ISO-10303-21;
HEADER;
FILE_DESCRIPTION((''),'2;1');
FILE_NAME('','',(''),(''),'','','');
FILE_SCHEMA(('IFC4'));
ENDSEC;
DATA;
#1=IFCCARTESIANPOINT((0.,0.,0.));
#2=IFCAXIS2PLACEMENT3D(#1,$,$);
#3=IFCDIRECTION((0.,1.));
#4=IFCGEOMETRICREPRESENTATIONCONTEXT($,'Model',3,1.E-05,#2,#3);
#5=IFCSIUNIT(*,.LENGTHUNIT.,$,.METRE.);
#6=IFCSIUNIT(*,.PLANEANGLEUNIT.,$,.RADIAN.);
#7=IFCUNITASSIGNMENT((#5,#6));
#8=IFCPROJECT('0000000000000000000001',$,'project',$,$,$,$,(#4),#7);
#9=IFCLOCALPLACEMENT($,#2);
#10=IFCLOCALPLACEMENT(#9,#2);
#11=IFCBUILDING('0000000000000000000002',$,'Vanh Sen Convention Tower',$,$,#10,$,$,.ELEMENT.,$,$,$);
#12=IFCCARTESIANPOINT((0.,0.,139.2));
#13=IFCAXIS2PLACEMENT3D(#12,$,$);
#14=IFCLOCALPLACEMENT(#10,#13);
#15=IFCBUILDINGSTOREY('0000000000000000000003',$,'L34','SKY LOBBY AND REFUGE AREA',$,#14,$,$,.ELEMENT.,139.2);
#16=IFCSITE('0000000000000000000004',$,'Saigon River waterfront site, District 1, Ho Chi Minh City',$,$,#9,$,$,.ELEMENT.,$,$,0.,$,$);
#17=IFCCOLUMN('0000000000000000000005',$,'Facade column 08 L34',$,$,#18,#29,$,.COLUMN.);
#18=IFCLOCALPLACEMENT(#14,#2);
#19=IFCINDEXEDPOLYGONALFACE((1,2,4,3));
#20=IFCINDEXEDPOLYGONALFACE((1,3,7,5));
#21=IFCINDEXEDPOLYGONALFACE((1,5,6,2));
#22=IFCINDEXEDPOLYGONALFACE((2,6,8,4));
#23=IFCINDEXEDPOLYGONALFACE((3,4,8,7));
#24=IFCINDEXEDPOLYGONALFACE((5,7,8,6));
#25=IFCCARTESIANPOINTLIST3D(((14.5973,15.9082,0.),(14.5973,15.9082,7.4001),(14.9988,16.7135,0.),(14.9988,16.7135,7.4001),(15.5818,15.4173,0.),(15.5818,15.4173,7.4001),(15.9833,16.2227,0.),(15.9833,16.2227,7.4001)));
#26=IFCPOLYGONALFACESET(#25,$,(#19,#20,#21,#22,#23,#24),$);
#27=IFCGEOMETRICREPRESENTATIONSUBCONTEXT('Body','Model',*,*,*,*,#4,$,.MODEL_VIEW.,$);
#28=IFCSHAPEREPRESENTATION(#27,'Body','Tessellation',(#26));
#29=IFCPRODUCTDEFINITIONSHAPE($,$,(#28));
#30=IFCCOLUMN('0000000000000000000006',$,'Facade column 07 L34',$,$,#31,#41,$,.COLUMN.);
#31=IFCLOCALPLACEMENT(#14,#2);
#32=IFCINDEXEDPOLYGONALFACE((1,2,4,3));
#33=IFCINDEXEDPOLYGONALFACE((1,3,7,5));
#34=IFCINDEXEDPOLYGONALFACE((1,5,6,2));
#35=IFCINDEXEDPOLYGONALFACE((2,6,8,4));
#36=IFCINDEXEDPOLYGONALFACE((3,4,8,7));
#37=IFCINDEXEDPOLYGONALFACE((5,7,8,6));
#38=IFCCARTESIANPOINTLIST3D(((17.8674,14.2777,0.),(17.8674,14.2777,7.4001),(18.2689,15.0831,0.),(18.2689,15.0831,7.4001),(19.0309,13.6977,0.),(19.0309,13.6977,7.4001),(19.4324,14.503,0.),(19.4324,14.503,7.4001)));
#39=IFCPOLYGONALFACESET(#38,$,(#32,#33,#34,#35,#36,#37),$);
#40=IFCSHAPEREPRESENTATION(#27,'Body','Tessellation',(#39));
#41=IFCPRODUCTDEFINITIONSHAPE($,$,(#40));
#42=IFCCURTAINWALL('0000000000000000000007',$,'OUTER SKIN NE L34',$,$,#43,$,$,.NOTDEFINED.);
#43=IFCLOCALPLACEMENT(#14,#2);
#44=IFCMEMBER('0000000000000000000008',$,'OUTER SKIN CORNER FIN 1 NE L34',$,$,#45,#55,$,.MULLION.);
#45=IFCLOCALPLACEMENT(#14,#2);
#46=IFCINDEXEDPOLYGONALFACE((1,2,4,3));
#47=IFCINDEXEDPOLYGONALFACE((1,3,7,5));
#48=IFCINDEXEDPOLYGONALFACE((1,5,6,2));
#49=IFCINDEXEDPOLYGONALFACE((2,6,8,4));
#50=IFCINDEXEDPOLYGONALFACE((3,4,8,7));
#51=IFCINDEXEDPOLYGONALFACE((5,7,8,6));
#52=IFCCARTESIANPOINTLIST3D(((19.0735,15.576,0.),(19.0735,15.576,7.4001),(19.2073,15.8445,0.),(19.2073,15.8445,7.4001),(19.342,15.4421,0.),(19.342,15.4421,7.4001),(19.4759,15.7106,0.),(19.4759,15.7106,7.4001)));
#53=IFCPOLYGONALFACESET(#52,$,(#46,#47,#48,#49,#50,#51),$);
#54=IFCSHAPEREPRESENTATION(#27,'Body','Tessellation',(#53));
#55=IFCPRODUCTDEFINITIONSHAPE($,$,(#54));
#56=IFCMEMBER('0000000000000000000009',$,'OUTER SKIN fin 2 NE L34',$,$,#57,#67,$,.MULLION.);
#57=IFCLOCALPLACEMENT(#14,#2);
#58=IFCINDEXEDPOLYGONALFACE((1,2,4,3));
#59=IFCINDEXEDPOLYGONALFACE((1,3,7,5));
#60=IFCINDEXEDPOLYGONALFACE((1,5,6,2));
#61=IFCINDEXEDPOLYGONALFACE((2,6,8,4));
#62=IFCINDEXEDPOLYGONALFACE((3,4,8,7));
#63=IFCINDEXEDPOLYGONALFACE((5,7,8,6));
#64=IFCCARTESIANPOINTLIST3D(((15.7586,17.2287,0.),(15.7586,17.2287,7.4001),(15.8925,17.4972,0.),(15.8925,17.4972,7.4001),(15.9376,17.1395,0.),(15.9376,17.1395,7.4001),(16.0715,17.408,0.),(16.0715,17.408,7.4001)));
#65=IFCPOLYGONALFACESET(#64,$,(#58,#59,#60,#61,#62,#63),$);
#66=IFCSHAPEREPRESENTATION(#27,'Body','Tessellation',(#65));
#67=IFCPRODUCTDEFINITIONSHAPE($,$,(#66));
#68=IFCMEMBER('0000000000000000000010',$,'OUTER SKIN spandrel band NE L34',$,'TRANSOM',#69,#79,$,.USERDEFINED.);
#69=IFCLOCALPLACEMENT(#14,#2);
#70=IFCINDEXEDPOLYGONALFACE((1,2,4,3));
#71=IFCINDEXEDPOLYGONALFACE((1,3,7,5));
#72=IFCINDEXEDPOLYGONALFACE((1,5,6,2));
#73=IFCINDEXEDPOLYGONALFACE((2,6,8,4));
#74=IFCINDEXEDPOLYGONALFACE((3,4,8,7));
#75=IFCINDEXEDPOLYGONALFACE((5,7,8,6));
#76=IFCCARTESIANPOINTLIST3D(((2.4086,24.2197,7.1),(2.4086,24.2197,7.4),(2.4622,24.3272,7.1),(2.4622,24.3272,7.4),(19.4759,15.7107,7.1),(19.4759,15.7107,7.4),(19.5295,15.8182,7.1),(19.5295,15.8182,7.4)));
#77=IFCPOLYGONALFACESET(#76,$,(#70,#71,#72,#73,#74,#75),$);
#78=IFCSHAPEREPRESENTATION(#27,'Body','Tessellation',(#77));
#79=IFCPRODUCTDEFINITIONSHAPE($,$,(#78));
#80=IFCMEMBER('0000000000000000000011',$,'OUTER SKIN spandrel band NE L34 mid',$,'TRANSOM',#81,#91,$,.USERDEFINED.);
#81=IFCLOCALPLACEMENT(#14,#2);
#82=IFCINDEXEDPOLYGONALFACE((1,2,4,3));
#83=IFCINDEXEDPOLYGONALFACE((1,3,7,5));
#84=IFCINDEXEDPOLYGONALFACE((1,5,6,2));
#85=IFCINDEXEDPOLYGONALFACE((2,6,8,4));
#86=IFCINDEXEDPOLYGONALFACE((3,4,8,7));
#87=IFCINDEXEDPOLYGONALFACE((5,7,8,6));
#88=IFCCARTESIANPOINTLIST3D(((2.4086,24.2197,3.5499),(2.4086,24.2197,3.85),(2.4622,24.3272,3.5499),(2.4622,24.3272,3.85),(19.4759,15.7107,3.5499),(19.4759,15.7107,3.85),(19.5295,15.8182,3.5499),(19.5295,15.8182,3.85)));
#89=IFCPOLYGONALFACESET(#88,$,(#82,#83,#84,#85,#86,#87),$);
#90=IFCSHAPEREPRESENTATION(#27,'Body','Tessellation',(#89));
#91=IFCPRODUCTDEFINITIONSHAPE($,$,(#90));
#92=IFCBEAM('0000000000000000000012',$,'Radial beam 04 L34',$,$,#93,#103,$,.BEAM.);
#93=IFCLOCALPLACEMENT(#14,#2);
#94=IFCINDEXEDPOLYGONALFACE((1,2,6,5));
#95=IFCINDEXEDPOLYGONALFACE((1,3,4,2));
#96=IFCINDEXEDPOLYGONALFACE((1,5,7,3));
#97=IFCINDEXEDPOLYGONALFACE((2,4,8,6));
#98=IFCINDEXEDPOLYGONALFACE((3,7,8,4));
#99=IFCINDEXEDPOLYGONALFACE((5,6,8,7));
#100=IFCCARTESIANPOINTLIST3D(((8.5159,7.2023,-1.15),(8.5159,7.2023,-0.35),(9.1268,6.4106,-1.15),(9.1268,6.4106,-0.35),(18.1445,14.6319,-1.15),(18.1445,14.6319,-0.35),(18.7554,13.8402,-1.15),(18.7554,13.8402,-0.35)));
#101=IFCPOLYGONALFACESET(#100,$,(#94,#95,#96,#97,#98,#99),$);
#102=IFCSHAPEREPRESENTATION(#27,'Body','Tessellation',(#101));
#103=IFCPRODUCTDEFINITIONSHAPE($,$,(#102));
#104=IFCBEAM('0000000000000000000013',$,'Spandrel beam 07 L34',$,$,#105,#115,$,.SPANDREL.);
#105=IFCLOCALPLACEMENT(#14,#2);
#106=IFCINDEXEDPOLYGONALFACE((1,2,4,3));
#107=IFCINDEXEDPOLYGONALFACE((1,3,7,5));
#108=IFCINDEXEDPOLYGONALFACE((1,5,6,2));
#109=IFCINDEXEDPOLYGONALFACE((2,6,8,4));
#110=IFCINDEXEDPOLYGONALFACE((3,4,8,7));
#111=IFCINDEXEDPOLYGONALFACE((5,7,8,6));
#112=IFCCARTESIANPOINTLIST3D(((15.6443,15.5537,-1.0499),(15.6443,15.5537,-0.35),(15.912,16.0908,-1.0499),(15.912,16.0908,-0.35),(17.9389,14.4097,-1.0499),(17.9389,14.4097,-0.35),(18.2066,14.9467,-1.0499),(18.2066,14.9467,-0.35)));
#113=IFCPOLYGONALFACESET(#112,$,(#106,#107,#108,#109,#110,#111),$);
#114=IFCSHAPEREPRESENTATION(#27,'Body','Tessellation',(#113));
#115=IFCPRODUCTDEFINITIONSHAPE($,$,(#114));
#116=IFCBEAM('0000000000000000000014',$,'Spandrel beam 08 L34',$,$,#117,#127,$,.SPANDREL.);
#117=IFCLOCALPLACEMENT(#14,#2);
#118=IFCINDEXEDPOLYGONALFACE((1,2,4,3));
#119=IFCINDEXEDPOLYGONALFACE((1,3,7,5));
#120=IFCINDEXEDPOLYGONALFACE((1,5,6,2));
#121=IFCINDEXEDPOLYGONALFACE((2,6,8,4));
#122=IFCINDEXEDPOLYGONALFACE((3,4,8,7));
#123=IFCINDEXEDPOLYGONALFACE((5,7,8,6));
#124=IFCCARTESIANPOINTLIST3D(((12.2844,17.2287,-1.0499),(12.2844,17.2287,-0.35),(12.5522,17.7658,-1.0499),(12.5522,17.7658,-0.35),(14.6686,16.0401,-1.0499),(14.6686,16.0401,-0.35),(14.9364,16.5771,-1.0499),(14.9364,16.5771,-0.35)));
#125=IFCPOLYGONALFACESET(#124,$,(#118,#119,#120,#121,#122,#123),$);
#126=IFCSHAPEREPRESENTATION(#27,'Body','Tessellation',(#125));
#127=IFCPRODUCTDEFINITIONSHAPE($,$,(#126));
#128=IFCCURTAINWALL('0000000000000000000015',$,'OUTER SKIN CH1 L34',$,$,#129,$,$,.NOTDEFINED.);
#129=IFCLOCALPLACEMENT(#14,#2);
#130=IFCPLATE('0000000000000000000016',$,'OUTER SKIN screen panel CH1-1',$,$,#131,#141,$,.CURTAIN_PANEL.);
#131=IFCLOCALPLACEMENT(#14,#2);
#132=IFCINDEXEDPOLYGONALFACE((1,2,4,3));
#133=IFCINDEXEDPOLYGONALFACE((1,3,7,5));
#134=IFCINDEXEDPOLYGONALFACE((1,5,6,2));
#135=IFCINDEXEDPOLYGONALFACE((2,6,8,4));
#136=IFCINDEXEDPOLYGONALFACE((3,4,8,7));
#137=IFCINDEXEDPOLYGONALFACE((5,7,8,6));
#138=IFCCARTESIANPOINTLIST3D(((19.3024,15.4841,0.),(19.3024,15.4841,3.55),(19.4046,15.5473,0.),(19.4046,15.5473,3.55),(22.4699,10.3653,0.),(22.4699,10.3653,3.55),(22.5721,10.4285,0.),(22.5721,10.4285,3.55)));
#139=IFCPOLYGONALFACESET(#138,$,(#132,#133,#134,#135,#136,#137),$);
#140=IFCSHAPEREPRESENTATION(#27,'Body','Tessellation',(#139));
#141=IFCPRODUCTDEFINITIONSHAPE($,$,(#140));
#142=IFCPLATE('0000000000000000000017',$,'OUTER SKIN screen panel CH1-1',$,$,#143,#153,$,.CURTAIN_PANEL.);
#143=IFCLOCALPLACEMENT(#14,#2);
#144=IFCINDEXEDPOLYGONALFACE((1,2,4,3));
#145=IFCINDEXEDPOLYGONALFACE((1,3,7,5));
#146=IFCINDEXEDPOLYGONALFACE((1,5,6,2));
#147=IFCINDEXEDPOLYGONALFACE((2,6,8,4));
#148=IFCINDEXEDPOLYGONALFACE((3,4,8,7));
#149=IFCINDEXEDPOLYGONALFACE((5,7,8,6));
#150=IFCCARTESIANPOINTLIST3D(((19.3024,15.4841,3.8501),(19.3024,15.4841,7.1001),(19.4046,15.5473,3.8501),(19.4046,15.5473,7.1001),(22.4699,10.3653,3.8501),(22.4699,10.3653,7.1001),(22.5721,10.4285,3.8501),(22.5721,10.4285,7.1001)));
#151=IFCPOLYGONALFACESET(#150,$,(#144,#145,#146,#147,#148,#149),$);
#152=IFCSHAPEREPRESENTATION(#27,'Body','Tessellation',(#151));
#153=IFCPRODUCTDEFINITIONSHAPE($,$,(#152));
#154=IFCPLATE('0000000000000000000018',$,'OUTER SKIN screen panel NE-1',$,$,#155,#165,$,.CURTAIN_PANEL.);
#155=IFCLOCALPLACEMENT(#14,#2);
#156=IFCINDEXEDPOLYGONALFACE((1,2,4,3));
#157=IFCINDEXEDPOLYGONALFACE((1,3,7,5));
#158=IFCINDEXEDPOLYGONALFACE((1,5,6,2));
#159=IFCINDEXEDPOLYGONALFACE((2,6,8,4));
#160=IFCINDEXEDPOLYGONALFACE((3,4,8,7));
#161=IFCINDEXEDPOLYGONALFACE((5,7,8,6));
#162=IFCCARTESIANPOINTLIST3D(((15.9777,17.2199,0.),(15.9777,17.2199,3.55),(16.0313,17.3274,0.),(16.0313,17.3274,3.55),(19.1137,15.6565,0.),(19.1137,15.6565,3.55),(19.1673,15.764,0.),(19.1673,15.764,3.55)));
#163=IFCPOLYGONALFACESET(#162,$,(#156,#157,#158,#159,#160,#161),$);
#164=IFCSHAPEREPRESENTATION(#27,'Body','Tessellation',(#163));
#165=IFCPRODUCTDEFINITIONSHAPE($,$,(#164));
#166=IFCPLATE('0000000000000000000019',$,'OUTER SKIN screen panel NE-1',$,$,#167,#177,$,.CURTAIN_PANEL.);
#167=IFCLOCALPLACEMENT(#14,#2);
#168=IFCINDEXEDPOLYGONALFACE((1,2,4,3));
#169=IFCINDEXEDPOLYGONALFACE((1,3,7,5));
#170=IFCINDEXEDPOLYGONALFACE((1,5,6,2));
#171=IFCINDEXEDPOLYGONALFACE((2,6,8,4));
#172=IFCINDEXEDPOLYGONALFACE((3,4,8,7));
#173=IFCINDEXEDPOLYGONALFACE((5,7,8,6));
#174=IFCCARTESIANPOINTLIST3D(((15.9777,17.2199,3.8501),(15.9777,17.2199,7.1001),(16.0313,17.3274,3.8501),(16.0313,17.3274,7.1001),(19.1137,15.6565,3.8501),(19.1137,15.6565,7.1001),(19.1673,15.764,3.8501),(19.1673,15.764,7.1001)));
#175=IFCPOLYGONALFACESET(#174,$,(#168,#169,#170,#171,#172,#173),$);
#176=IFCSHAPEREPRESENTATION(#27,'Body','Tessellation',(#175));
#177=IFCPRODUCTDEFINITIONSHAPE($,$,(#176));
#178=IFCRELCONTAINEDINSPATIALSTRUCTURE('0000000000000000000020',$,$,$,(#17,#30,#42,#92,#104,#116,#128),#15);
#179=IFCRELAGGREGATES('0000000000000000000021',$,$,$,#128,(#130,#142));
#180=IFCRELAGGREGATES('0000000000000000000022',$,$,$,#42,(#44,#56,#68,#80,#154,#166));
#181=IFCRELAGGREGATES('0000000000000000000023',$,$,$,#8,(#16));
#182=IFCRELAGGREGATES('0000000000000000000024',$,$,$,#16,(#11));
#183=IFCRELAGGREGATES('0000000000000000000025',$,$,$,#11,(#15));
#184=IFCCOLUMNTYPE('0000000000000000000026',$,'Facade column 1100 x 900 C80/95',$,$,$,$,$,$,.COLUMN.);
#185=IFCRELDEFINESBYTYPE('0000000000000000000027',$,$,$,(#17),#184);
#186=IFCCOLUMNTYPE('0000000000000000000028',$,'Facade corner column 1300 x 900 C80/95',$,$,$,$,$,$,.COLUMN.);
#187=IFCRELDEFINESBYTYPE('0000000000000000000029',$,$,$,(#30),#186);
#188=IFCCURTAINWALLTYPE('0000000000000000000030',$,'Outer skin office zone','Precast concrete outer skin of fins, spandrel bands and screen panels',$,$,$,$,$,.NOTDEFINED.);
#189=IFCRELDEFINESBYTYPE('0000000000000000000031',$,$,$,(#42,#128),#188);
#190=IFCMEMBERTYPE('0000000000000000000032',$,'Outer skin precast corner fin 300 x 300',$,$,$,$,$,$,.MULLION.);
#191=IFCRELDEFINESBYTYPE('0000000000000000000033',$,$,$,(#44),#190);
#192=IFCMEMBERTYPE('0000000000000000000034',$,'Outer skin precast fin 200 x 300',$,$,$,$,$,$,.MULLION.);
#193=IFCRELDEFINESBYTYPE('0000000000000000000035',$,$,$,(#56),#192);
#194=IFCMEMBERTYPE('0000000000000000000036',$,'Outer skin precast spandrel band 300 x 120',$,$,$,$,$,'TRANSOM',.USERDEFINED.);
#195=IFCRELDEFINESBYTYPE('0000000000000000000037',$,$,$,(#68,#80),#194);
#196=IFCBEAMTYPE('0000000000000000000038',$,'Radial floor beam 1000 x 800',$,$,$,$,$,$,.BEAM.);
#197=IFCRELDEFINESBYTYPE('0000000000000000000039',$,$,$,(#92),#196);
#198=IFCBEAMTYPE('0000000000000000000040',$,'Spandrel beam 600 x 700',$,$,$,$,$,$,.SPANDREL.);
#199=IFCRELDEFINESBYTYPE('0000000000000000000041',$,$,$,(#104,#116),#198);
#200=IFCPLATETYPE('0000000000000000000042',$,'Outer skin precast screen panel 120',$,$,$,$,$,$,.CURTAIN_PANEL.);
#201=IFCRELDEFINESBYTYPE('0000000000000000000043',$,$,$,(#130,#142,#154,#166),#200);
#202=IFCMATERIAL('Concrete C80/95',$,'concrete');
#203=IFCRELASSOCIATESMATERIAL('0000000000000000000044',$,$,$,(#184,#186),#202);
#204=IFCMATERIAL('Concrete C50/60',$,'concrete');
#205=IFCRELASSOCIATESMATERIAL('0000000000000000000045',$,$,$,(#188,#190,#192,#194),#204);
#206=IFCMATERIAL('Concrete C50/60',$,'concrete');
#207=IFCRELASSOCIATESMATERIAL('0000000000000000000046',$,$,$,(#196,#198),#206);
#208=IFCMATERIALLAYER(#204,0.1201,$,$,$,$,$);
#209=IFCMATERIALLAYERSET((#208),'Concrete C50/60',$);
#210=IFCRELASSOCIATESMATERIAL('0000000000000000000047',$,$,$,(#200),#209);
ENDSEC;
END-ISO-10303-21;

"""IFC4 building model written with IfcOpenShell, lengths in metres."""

from ifc_helpers import new_model, si_unit, direction, frame, origin, origin_2d, place, context, subcontext, project, spatial, rectangle, extrude, material, layer, layer_set, material_profile, profile_set, type_object, element, aggregate, save


model = new_model("IFC4")

# Units and contexts
model_context = context("Model", 3, precision=1e-05, world=origin(), true_north=direction((0.0, 1.0)))
body_context = subcontext(model_context, "Body", "Model", "MODEL_VIEW")
ifc_project = project(units=[si_unit("LENGTHUNIT", "METRE"), si_unit("PLANEANGLEUNIT", "RADIAN")], contexts=[model_context])

# Site, building, storey
site_placement = place(None, origin())
site = spatial("IfcSite", under=ifc_project, at=site_placement, Name="Saigon River waterfront site, District 1, Ho Chi Minh City", CompositionType="ELEMENT", RefElevation=0.0)
building_placement = place(site_placement, origin())
building = spatial("IfcBuilding", under=site, at=building_placement, Name="Vanh Sen Convention Tower", CompositionType="ELEMENT")
storey_placement = place(building_placement, frame((0.0, 0.0, 139.2)))
storey = spatial("IfcBuildingStorey", under=building, at=storey_placement, Name="L34", Description="SKY LOBBY AND REFUGE AREA", CompositionType="ELEMENT", Elevation=139.2)

# Columns
ifc_material_1 = material(Name="Concrete C80/95", Category="concrete")
ifc_material_profile_1 = material_profile(ifc_material_1, rectangle(XDim=1.1001, YDim=0.8999, at=origin_2d()), Name="RC 1100X900")
ifc_profile_set_1 = profile_set([ifc_material_profile_1], Name="Concrete C80/95")
column_type_1 = type_object("IfcColumnType", Name="Facade column 1100 x 900 C80/95", PredefinedType="COLUMN", material=ifc_profile_set_1)
column_1_placement = place(storey_placement, frame((15.2903, 16.0654, 0.0), z_axis=(0.0, 0.0, 1.0), x_axis=(-0.894934, 0.446198, 0.0)))
element("IfcColumn", 1, at=column_1_placement, inside=storey, type_object=column_type_1, Name="Facade column 08 L34", PredefinedType="COLUMN", context=body_context, shape_type="SweptSolid", body=[
    extrude(rectangle(XDim=1.1001, YDim=0.8999, at=origin_2d()), origin(), (0.0, 0.0, 1.0), 7.4001),
])
ifc_material_profile_2 = material_profile(ifc_material_1, rectangle(XDim=1.3, YDim=0.8999, at=origin_2d()), Name="RC 1300X900")
ifc_profile_set_2 = profile_set([ifc_material_profile_2], Name="Concrete C80/95")
column_type_2 = type_object("IfcColumnType", Name="Facade corner column 1300 x 900 C80/95", PredefinedType="COLUMN", material=ifc_profile_set_2)
column_2_placement = place(storey_placement, frame((18.6499, 14.3904, 0.0), z_axis=(0.0, 0.0, 1.0), x_axis=(-0.894934, 0.446198, 0.0)))
element("IfcColumn", 2, at=column_2_placement, inside=storey, type_object=column_type_2, Name="Facade column 07 L34", PredefinedType="COLUMN", context=body_context, shape_type="SweptSolid", body=[
    extrude(rectangle(XDim=1.3, YDim=0.8999, at=origin_2d()), origin(), (0.0, 0.0, 1.0), 7.4001),
])

# Curtain wall, members
ifc_material_2 = material(Name="Concrete C50/60", Category="concrete")
curtain_wall_type = type_object("IfcCurtainWallType", Name="Outer skin office zone", Description="Precast concrete outer skin of fins, spandrel bands and screen panels", PredefinedType="NOTDEFINED", material=ifc_material_2)
curtain_wall_1_placement = place(storey_placement, origin())
curtain_wall_1 = element("IfcCurtainWall", 3, at=curtain_wall_1_placement, inside=storey, type_object=curtain_wall_type, Name="OUTER SKIN NE L34", PredefinedType="NOTDEFINED")
ifc_material_profile_3 = material_profile(ifc_material_2, rectangle(XDim=0.3, YDim=0.3, at=origin_2d()), Name="Outer skin precast corner fin 300 x 300")
ifc_profile_set_3 = profile_set([ifc_material_profile_3], Name="Concrete C50/60")
member_type_1 = type_object("IfcMemberType", Name="Outer skin precast corner fin 300 x 300", PredefinedType="MULLION", material=ifc_profile_set_3)
member_1_placement = place(storey_placement, frame((19.2747, 15.6433, 0.0), z_axis=(0.0, 0.0, 1.0), x_axis=(-0.894934, 0.446198, 0.0)))
member_1 = element("IfcMember", 4, at=member_1_placement, type_object=member_type_1, Name="OUTER SKIN CORNER FIN 1 NE L34", PredefinedType="MULLION", context=body_context, shape_type="SweptSolid", body=[
    extrude(rectangle(XDim=0.3, YDim=0.3, at=origin_2d()), origin(), (0.0, 0.0, 1.0), 7.4001),
])
ifc_material_profile_4 = material_profile(ifc_material_2, rectangle(XDim=0.2, YDim=0.3, at=origin_2d()), Name="Outer skin precast fin 200 x 300")
ifc_profile_set_4 = profile_set([ifc_material_profile_4], Name="Concrete C50/60")
member_type_2 = type_object("IfcMemberType", Name="Outer skin precast fin 200 x 300", PredefinedType="MULLION", material=ifc_profile_set_4)
member_2_placement = place(storey_placement, frame((15.915, 17.3184, 0.0), z_axis=(0.0, 0.0, 1.0), x_axis=(-0.894934, 0.446198, 0.0)))
member_2 = element("IfcMember", 5, at=member_2_placement, type_object=member_type_2, Name="OUTER SKIN fin 2 NE L34", PredefinedType="MULLION", context=body_context, shape_type="SweptSolid", body=[
    extrude(rectangle(XDim=0.2, YDim=0.3, at=origin_2d()), origin(), (0.0, 0.0, 1.0), 7.4001),
])
ifc_material_profile_5 = material_profile(ifc_material_2, rectangle(XDim=0.1201, YDim=0.3, at=origin_2d()), Name="Outer skin precast spandrel band 300 x 120")
ifc_profile_set_5 = profile_set([ifc_material_profile_5], Name="Concrete C50/60")
member_type_3 = type_object("IfcMemberType", Name="Outer skin precast spandrel band 300 x 120", ElementType="TRANSOM", PredefinedType="USERDEFINED", material=ifc_profile_set_5)
member_3_placement = place(storey_placement, frame((19.5027, 15.7644, 7.25), z_axis=(-0.894941, 0.446184, 0.0), x_axis=(-0.446184, -0.894941, 0.0)))
member_3 = element("IfcMember", 6, at=member_3_placement, type_object=member_type_3, Name="OUTER SKIN spandrel band NE L34", ObjectType="TRANSOM", PredefinedType="USERDEFINED", context=body_context, shape_type="SweptSolid", body=[
    extrude(rectangle(XDim=0.1201, YDim=0.3, at=origin_2d()), origin(), (0.0, 0.0, 1.0), 19.0708),
])
member_4_placement = place(storey_placement, frame((19.5027, 15.7644, 3.7), z_axis=(-0.894941, 0.446184, 0.0), x_axis=(-0.446184, -0.894941, 0.0)))
member_4 = element("IfcMember", 7, at=member_4_placement, type_object=member_type_3, Name="OUTER SKIN spandrel band NE L34 mid", ObjectType="TRANSOM", PredefinedType="USERDEFINED", context=body_context, shape_type="SweptSolid", body=[
    extrude(rectangle(XDim=0.1201, YDim=0.3, at=origin_2d()), origin(), (0.0, 0.0, 1.0), 19.0708),
])

# Beams
ifc_material_3 = material(Name="Concrete C50/60", Category="concrete")
ifc_material_profile_6 = material_profile(ifc_material_3, rectangle(XDim=1.0, YDim=0.8, at=origin_2d()), Name="RC 1000X800")
ifc_profile_set_6 = profile_set([ifc_material_profile_6], Name="Concrete C50/60")
beam_type_1 = type_object("IfcBeamType", Name="Radial floor beam 1000 x 800", PredefinedType="BEAM", material=ifc_profile_set_6)
beam_1_placement = place(storey_placement, frame((18.45, 14.2361, -0.75), z_axis=(-0.791708, -0.610899, 0.0), x_axis=(0.610899, -0.791708, 0.0)))
element("IfcBeam", 8, at=beam_1_placement, inside=storey, type_object=beam_type_1, Name="Radial beam 04 L34", PredefinedType="BEAM", context=body_context, shape_type="SweptSolid", body=[
    extrude(rectangle(XDim=1.0, YDim=0.8, at=origin_2d()), origin(), (0.0, 0.0, 1.0), 12.1619),
])
ifc_material_profile_7 = material_profile(ifc_material_3, rectangle(XDim=0.6001, YDim=0.7, at=origin_2d()), Name="RC 600X700")
ifc_profile_set_7 = profile_set([ifc_material_profile_7], Name="Concrete C50/60")
beam_type_2 = type_object("IfcBeamType", Name="Spandrel beam 600 x 700", PredefinedType="SPANDREL", material=ifc_profile_set_7)
beam_2_placement = place(storey_placement, frame((18.0728, 14.6782, -0.7), z_axis=(-0.894941, 0.446185, 0.0), x_axis=(-0.446185, -0.894941, 0.0)))
element("IfcBeam", 9, at=beam_2_placement, inside=storey, type_object=beam_type_2, Name="Spandrel beam 07 L34", PredefinedType="SPANDREL", context=body_context, shape_type="SweptSolid", body=[
    extrude(rectangle(XDim=0.6001, YDim=0.7, at=origin_2d()), origin(), (0.0, 0.0, 1.0), 2.564),
])
beam_3_placement = place(storey_placement, frame((14.8025, 16.3086, -0.7), z_axis=(-0.89494, 0.446187, 0.0), x_axis=(-0.446187, -0.89494, 0.0)))
element("IfcBeam", 10, at=beam_3_placement, inside=storey, type_object=beam_type_2, Name="Spandrel beam 08 L34", PredefinedType="SPANDREL", context=body_context, shape_type="SweptSolid", body=[
    extrude(rectangle(XDim=0.6001, YDim=0.7, at=origin_2d()), origin(), (0.0, 0.0, 1.0), 2.6641),
])

# Curtain wall, plates
curtain_wall_2_placement = place(storey_placement, origin())
curtain_wall_2 = element("IfcCurtainWall", 11, at=curtain_wall_2_placement, inside=storey, type_object=curtain_wall_type, Name="OUTER SKIN CH1 L34", PredefinedType="NOTDEFINED")
ifc_layer_1 = layer(ifc_material_2, 0.1201)
ifc_layer_set_1 = layer_set([ifc_layer_1], Name="Concrete C50/60")
plate_type = type_object("IfcPlateType", Name="Outer skin precast screen panel 120", PredefinedType="CURTAIN_PANEL", material=ifc_layer_set_1)
plate_1_placement = place(storey_placement, frame((20.9373, 12.9563, 0.0), z_axis=(0.0, 0.0, 1.0), x_axis=(-0.526204, 0.850359, 0.0)))
plate_1 = element("IfcPlate", 12, at=plate_1_placement, type_object=plate_type, Name="OUTER SKIN screen panel CH1-1", PredefinedType="CURTAIN_PANEL", context=body_context, shape_type="SweptSolid", body=[
    extrude(rectangle(XDim=6.0195, YDim=0.1201, at=origin_2d()), origin(), (0.0, 0.0, 1.0), 3.55),
])
plate_2_placement = place(storey_placement, frame((20.9373, 12.9563, 3.8501), z_axis=(0.0, 0.0, 1.0), x_axis=(-0.526204, 0.850359, 0.0)))
plate_2 = element("IfcPlate", 13, at=plate_2_placement, type_object=plate_type, Name="OUTER SKIN screen panel CH1-1", PredefinedType="CURTAIN_PANEL", context=body_context, shape_type="SweptSolid", body=[
    extrude(rectangle(XDim=6.0195, YDim=0.1201, at=origin_2d()), origin(), (0.0, 0.0, 1.0), 3.25),
])
aggregate(curtain_wall_2, [plate_1, plate_2])

# Plates
plate_3_placement = place(storey_placement, frame((17.5725, 16.4919, 0.0), z_axis=(0.0, 0.0, 1.0), x_axis=(-0.894944, 0.446179, 0.0)))
plate_3 = element("IfcPlate", 14, at=plate_3_placement, type_object=plate_type, Name="OUTER SKIN screen panel NE-1", PredefinedType="CURTAIN_PANEL", context=body_context, shape_type="SweptSolid", body=[
    extrude(rectangle(XDim=3.5042, YDim=0.1201, at=origin_2d()), origin(), (0.0, 0.0, 1.0), 3.55),
])
plate_4_placement = place(storey_placement, frame((17.5725, 16.4919, 3.8501), z_axis=(0.0, 0.0, 1.0), x_axis=(-0.894944, 0.446179, 0.0)))
plate_4 = element("IfcPlate", 15, at=plate_4_placement, type_object=plate_type, Name="OUTER SKIN screen panel NE-1", PredefinedType="CURTAIN_PANEL", context=body_context, shape_type="SweptSolid", body=[
    extrude(rectangle(XDim=3.5042, YDim=0.1201, at=origin_2d()), origin(), (0.0, 0.0, 1.0), 3.25),
])
aggregate(curtain_wall_1, [member_1, member_2, member_3, member_4, plate_3, plate_4])

save(model, "model.ifc")
